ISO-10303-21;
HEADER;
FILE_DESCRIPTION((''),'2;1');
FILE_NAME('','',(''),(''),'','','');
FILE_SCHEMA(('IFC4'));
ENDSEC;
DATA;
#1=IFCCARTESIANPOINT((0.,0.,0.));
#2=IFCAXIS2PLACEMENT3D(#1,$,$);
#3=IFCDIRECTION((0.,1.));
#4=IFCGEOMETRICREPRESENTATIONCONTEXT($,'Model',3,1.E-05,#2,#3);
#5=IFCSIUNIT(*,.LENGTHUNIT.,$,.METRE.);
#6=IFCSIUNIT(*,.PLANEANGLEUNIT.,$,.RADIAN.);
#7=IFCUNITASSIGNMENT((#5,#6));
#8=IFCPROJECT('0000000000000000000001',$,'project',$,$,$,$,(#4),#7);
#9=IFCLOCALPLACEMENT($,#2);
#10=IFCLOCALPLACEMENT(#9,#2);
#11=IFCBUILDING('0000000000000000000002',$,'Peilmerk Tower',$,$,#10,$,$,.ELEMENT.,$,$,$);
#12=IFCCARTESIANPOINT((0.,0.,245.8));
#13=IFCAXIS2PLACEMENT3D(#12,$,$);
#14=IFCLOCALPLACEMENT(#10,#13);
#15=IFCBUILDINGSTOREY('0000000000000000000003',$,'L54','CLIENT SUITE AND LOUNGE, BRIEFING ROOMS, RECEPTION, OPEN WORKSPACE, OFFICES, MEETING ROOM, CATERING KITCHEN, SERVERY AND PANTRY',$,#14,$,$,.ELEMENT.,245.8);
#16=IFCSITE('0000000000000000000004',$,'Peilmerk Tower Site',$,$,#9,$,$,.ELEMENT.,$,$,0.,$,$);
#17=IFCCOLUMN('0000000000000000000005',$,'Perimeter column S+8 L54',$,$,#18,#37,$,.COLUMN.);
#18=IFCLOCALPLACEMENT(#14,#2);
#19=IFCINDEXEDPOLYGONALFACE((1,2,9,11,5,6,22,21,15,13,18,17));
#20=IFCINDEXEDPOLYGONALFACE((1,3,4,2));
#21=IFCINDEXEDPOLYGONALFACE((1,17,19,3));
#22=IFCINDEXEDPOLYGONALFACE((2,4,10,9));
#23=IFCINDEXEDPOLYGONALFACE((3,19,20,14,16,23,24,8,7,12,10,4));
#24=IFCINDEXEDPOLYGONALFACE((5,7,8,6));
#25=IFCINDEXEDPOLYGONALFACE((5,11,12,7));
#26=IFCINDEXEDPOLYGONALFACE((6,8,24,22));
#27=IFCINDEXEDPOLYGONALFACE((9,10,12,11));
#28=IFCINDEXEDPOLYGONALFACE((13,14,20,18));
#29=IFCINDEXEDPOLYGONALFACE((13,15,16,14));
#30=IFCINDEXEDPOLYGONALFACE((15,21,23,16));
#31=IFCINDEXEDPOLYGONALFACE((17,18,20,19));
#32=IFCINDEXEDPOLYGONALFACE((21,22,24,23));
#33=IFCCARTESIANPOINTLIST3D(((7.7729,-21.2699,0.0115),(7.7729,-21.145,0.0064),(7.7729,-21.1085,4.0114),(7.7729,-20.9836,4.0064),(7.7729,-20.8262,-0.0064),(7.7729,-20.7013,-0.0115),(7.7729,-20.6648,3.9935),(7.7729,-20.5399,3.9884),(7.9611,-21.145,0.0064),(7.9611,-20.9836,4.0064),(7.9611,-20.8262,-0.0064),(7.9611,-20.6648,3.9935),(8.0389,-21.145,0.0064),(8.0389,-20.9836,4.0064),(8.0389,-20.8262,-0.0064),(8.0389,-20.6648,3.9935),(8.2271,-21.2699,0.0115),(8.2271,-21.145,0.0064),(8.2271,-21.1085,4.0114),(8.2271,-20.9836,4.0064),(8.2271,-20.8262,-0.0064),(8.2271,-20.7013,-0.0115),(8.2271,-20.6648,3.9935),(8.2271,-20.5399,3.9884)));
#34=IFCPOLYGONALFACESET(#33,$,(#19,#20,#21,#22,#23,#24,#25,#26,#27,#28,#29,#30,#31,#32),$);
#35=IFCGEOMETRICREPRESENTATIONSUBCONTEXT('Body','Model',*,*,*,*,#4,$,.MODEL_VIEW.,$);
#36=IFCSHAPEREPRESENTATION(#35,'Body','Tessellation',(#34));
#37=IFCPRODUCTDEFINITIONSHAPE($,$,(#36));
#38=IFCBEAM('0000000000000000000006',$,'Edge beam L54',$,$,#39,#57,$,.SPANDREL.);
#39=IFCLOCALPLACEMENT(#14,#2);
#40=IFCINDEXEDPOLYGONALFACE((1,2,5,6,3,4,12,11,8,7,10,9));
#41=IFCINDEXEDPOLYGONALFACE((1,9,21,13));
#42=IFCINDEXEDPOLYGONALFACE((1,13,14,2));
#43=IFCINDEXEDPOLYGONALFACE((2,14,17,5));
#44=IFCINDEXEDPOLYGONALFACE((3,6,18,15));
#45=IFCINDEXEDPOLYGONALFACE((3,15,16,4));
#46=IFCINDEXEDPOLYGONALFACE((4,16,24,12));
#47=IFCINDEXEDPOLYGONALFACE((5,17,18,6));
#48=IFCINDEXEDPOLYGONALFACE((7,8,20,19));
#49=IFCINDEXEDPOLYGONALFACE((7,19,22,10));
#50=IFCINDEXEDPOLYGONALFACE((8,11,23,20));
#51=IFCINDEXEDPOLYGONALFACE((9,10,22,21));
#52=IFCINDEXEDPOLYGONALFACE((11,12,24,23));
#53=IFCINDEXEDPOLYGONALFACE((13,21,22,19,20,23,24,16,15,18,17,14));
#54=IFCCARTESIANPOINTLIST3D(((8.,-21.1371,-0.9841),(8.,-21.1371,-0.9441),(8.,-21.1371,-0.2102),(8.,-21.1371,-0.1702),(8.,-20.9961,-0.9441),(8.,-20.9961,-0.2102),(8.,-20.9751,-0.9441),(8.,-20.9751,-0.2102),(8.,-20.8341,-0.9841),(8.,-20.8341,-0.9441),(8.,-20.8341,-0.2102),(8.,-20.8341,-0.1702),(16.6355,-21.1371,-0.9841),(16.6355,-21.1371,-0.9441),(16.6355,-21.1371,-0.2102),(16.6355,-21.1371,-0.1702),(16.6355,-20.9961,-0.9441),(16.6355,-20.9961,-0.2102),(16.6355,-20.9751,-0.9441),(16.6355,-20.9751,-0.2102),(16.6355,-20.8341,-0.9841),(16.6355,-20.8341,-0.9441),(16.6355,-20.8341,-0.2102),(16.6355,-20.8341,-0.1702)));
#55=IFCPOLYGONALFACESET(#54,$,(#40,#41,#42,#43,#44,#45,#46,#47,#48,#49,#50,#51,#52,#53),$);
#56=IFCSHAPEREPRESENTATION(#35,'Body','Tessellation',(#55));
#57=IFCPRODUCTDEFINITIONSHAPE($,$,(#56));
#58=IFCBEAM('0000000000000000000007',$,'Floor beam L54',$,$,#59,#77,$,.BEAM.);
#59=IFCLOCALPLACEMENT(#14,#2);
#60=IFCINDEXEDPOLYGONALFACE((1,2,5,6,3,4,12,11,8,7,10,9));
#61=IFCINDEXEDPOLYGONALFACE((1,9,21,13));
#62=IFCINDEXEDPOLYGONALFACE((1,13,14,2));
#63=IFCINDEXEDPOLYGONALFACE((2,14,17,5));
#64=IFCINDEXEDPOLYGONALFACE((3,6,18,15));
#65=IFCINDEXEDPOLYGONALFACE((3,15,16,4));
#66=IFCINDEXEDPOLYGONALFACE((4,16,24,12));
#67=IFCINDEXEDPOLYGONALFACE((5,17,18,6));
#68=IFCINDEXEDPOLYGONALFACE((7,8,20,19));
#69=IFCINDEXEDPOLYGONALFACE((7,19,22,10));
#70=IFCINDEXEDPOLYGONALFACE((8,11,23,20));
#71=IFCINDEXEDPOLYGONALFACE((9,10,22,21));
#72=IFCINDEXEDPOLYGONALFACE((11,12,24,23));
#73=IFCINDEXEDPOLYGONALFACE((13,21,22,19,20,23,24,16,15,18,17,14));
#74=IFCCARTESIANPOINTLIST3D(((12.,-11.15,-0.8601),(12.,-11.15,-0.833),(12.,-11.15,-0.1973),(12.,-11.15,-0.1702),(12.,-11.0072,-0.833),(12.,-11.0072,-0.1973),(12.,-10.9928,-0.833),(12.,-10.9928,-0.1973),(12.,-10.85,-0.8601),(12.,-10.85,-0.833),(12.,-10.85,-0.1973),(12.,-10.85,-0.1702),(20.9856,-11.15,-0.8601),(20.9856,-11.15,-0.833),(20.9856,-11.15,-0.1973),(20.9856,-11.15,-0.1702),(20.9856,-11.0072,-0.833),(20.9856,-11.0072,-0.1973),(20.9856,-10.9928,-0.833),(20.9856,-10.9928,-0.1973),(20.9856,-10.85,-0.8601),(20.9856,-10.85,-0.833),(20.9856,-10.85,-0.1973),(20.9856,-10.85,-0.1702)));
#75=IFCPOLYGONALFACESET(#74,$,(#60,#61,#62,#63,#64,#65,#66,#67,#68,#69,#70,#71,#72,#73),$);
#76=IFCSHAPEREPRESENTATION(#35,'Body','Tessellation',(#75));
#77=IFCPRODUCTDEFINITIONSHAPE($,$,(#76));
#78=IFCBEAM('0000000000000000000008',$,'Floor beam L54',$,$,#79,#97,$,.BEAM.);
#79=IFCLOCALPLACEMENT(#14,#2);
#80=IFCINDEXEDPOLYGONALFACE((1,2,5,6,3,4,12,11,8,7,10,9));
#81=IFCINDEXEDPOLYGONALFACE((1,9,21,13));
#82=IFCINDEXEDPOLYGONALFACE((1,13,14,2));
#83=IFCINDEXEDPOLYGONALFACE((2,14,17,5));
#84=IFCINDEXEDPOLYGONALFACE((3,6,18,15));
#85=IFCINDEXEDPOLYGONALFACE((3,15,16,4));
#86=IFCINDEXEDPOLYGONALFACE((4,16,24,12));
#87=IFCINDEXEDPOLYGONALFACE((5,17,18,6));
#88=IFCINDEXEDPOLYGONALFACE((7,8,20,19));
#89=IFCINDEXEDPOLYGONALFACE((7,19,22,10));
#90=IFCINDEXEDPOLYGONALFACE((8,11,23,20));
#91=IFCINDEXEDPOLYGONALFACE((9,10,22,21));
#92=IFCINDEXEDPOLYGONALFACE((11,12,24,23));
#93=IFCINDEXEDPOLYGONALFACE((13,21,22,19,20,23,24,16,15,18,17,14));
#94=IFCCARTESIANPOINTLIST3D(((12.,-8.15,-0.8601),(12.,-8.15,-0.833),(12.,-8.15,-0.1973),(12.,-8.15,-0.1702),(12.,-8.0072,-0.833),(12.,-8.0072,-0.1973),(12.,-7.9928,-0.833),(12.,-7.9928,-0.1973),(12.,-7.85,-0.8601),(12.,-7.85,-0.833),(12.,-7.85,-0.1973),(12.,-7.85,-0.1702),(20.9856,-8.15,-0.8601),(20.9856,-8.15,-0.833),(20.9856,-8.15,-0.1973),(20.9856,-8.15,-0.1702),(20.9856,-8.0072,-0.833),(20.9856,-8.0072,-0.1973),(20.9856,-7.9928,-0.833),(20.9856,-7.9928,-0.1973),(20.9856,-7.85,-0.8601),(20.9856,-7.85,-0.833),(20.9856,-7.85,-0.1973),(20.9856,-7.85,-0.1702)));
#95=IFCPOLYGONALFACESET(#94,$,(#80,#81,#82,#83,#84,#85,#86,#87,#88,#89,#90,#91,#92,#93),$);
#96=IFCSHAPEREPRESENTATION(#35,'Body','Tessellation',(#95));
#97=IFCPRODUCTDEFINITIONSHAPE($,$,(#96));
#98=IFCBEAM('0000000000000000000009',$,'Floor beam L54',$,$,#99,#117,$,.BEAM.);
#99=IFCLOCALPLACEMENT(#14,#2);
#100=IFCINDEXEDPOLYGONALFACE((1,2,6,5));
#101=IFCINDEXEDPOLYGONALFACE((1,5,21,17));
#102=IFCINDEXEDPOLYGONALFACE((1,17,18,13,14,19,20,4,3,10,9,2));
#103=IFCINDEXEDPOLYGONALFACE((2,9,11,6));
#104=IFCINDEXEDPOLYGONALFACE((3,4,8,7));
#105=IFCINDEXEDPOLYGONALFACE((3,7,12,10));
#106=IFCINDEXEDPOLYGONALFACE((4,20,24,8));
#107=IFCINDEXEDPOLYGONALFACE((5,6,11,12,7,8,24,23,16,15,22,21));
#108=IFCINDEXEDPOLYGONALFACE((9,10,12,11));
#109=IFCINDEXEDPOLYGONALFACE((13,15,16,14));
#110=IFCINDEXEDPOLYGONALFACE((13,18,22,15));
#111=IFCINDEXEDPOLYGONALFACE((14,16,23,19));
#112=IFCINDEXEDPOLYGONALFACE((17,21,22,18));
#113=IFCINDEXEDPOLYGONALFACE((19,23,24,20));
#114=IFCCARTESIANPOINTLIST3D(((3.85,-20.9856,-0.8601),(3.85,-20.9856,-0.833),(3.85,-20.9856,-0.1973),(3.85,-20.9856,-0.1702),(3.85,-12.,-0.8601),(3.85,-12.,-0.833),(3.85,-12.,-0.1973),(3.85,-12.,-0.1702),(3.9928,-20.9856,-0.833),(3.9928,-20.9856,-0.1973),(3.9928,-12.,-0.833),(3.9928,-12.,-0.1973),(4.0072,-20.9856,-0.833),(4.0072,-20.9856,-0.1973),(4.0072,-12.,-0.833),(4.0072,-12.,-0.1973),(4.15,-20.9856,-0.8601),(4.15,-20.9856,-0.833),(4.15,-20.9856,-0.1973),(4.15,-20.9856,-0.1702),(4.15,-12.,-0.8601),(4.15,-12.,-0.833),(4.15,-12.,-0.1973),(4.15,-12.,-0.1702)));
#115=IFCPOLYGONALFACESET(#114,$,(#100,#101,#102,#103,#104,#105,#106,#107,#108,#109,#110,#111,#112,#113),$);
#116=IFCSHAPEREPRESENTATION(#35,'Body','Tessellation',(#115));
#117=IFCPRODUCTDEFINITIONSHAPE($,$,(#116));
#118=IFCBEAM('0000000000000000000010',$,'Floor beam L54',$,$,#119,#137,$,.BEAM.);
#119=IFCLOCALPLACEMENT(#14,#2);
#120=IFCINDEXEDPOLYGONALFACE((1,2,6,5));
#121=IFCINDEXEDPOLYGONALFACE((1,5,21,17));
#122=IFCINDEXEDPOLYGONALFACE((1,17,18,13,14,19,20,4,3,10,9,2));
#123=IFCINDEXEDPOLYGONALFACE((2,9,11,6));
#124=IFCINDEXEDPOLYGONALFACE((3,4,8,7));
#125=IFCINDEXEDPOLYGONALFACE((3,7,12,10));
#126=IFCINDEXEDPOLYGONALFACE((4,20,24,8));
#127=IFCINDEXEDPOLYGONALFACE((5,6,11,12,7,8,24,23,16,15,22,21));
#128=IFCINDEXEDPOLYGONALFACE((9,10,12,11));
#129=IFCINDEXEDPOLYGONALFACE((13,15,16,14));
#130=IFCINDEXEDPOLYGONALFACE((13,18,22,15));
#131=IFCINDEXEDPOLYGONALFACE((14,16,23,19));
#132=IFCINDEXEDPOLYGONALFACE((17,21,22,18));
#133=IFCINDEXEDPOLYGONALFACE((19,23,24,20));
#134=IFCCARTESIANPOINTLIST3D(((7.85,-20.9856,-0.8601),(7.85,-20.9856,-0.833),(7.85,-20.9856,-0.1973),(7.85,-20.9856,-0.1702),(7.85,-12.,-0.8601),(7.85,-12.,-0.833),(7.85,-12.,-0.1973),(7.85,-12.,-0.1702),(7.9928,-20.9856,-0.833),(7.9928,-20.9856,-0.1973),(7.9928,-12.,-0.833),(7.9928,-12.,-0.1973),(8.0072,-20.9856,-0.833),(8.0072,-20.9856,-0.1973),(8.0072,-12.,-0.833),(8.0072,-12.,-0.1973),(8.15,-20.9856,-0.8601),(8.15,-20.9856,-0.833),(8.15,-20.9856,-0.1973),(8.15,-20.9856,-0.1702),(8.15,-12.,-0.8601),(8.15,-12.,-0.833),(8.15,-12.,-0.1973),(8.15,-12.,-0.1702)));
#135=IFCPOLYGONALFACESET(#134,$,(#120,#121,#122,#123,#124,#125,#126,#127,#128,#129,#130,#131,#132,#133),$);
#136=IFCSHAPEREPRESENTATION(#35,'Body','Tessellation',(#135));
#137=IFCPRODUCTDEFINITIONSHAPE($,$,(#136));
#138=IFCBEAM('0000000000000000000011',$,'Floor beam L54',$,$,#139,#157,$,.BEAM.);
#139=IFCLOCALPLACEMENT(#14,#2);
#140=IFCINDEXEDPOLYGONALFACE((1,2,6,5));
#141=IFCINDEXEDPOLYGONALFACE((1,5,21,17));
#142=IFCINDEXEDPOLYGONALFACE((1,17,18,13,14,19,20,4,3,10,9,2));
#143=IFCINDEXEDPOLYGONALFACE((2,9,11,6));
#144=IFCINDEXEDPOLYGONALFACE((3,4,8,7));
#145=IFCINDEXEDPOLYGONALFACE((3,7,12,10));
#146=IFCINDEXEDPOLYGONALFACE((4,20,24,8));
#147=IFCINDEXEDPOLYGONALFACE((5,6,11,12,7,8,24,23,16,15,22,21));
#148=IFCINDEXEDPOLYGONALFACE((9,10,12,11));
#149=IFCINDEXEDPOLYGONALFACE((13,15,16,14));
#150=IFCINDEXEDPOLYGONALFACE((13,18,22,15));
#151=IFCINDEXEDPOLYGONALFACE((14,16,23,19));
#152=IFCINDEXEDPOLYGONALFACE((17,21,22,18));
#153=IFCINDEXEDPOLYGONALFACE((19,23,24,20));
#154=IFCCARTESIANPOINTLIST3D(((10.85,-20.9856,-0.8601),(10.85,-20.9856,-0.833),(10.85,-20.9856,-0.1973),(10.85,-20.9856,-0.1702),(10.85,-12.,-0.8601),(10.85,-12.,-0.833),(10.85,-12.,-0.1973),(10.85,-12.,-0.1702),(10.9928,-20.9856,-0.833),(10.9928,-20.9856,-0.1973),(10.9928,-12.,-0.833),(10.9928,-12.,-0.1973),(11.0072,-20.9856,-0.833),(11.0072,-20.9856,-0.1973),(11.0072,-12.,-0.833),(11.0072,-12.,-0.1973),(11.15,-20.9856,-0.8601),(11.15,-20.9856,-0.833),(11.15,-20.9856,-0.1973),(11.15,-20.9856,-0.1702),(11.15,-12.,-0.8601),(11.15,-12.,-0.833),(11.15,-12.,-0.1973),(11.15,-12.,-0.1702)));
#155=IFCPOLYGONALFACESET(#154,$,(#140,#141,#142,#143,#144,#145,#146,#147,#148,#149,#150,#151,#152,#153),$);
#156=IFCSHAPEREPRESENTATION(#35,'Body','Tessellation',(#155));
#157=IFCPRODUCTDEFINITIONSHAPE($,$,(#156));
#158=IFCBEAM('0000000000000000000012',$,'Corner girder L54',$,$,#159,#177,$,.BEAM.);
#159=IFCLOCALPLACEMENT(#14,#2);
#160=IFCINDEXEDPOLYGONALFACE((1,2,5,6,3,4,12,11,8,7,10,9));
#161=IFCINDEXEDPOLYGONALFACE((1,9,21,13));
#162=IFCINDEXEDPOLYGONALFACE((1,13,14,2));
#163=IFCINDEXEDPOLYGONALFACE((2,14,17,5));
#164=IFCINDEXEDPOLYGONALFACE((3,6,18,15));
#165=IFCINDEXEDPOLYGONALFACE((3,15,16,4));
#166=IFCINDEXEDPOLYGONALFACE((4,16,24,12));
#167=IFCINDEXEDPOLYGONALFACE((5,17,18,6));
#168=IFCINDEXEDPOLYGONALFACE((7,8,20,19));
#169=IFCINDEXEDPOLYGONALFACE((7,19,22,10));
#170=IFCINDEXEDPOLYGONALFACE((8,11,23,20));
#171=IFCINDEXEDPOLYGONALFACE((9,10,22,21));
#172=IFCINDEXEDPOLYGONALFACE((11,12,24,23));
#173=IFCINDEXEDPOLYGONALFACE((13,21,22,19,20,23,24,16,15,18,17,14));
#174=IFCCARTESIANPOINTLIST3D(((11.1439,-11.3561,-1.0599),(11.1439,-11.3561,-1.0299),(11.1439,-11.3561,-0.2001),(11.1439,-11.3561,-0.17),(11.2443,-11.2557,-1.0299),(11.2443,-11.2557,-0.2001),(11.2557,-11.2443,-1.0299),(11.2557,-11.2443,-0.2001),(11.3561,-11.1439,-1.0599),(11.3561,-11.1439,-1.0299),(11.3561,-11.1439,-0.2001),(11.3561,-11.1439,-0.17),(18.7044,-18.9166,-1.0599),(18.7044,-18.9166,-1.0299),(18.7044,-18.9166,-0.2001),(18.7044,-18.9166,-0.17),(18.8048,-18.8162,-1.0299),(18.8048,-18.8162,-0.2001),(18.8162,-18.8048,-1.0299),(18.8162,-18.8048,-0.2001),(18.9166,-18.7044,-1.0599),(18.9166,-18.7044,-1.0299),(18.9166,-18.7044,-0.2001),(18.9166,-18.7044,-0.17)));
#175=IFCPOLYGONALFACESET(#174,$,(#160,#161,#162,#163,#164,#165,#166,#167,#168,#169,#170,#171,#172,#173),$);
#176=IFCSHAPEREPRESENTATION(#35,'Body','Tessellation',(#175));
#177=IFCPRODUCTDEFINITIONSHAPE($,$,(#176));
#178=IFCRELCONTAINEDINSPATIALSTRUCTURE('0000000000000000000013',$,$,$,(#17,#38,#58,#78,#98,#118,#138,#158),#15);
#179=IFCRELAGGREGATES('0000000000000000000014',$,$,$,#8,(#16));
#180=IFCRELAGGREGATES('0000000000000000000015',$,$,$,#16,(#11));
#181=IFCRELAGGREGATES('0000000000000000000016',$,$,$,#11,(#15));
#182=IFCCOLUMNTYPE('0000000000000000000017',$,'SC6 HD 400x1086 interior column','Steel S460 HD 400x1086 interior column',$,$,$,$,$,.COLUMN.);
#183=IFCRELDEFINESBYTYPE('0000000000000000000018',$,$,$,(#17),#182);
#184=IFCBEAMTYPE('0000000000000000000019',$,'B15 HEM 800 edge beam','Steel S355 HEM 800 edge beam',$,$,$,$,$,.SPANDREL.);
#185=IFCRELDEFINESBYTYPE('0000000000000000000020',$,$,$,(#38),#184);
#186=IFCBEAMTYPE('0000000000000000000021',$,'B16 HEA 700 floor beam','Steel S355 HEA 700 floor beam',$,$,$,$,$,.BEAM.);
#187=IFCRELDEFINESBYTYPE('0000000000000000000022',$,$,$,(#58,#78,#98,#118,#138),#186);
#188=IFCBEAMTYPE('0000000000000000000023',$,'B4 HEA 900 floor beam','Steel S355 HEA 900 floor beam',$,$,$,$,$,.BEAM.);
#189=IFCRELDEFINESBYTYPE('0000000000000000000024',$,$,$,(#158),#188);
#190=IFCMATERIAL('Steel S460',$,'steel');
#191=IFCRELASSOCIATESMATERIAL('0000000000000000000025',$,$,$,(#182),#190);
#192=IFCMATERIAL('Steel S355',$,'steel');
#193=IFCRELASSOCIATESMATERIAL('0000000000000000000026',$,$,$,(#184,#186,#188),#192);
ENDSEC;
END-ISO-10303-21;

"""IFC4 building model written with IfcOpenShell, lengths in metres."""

from ifc_helpers import new_model, si_unit, direction, frame, origin, origin_2d, place, context, subcontext, project, spatial, i_section, extrude, material, material_profile, profile_set, type_object, element, save


model = new_model("IFC4")

# Units and contexts
model_context = context("Model", 3, precision=1e-05, world=origin(), true_north=direction((0.0, 1.0)))
body_context = subcontext(model_context, "Body", "Model", "MODEL_VIEW")
ifc_project = project(units=[si_unit("LENGTHUNIT", "METRE"), si_unit("PLANEANGLEUNIT", "RADIAN")], contexts=[model_context])

# Site, building, storey
site_placement = place(None, origin())
site = spatial("IfcSite", under=ifc_project, at=site_placement, Name="Peilmerk Tower Site", CompositionType="ELEMENT", RefElevation=0.0)
building_placement = place(site_placement, origin())
building = spatial("IfcBuilding", under=site, at=building_placement, Name="Peilmerk Tower", CompositionType="ELEMENT")
storey_placement = place(building_placement, frame((0.0, 0.0, 245.8)))
storey = spatial("IfcBuildingStorey", under=building, at=storey_placement, Name="L54", Description="CLIENT SUITE AND LOUNGE, BRIEFING ROOMS, RECEPTION, OPEN WORKSPACE, OFFICES, MEETING ROOM, CATERING KITCHEN, SERVERY AND PANTRY", CompositionType="ELEMENT", Elevation=245.8)

# Column
ifc_material_1 = material(Name="Steel S460", Category="steel")
ifc_material_profile_1 = material_profile(ifc_material_1, i_section(OverallWidth=0.4541, OverallDepth=0.5691, WebThickness=0.0779, FlangeThickness=0.125, at=origin_2d()), Name="HD 400x1086")
ifc_profile_set_1 = profile_set([ifc_material_profile_1], Name="Steel S460")
column_type = type_object("IfcColumnType", Name="SC6 HD 400x1086 interior column", Description="Steel S460 HD 400x1086 interior column", PredefinedType="COLUMN", material=ifc_profile_set_1)
column_placement = place(storey_placement, frame((8.0, -20.9856, 0.0), z_axis=(0.0, 0.040311, 0.999187), x_axis=(-1.0, 0.0, 0.0)))
element("IfcColumn", 1, at=column_placement, inside=storey, type_object=column_type, Name="Perimeter column S+8 L54", PredefinedType="COLUMN", context=body_context, shape_type="SweptSolid", body=[
    extrude(i_section(OverallWidth=0.4541, OverallDepth=0.5691, WebThickness=0.0779, FlangeThickness=0.125, at=origin_2d()), origin(), (0.0, 0.0, 1.0), 4.0032),
])

# Beams
ifc_material_2 = material(Name="Steel S355", Category="steel")
ifc_material_profile_2 = material_profile(ifc_material_2, i_section(OverallWidth=0.303, OverallDepth=0.814, WebThickness=0.021, FlangeThickness=0.04, at=origin_2d()), Name="HEM 800")
ifc_profile_set_2 = profile_set([ifc_material_profile_2], Name="Steel S355")
beam_type_1 = type_object("IfcBeamType", Name="B15 HEM 800 edge beam", Description="Steel S355 HEM 800 edge beam", PredefinedType="SPANDREL", material=ifc_profile_set_2)
beam_1_placement = place(storey_placement, frame((8.0, -20.9856, -0.5771), z_axis=(1.0, 0.0, 0.0), x_axis=(0.0, 1.0, 0.0)))
element("IfcBeam", 2, at=beam_1_placement, inside=storey, type_object=beam_type_1, Name="Edge beam L54", PredefinedType="SPANDREL", context=body_context, shape_type="SweptSolid", body=[
    extrude(i_section(OverallWidth=0.303, OverallDepth=0.814, WebThickness=0.021, FlangeThickness=0.04, at=origin_2d()), origin(), (0.0, 0.0, 1.0), 8.6355),
])
ifc_material_profile_3 = material_profile(ifc_material_2, i_section(OverallWidth=0.3, OverallDepth=0.6899, WebThickness=0.0144, FlangeThickness=0.0271, at=origin_2d()), Name="HEA 700")
ifc_profile_set_3 = profile_set([ifc_material_profile_3], Name="Steel S355")
beam_type_2 = type_object("IfcBeamType", Name="B16 HEA 700 floor beam", Description="Steel S355 HEA 700 floor beam", PredefinedType="BEAM", material=ifc_profile_set_3)
for number, where, z_axis, x_axis, name in (
    (3, (12.0, -11.0, -0.5151), (1.0, 0.0, 0.0), (0.0, 1.0, 0.0), "Floor beam L54"),
    (4, (12.0, -8.0, -0.5151), (1.0, 0.0, 0.0), (0.0, 1.0, 0.0), "Floor beam L54"),
    (5, (4.0, -12.0, -0.5151), (0.0, -1.0, 0.0), (1.0, 0.0, 0.0), "Floor beam L54"),
    (6, (8.0, -12.0, -0.5151), (0.0, -1.0, 0.0), (1.0, 0.0, 0.0), "Floor beam L54"),
    (7, (11.0, -12.0, -0.5151), (0.0, -1.0, 0.0), (1.0, 0.0, 0.0), "Floor beam L54"),
):
    element("IfcBeam", number, at=place(storey_placement, frame(where, z_axis=z_axis, x_axis=x_axis)), inside=storey, type_object=beam_type_2, Name=name, PredefinedType="BEAM", context=body_context, shape_type="SweptSolid", body=[
        extrude(i_section(OverallWidth=0.3, OverallDepth=0.6899, WebThickness=0.0144, FlangeThickness=0.0271, at=origin_2d()), origin(), (0.0, 0.0, 1.0), 8.9856),
    ])
ifc_material_profile_4 = material_profile(ifc_material_2, i_section(OverallWidth=0.3, OverallDepth=0.8899, WebThickness=0.0161, FlangeThickness=0.03, at=origin_2d()), Name="HEA 900")
ifc_profile_set_4 = profile_set([ifc_material_profile_4], Name="Steel S355")
beam_type_3 = type_object("IfcBeamType", Name="B4 HEA 900 floor beam", Description="Steel S355 HEA 900 floor beam", PredefinedType="BEAM", material=ifc_profile_set_4)
beam_2_placement = place(storey_placement, frame((11.25, -11.25, -0.615), z_axis=(0.707107, -0.707107, 0.0), x_axis=(0.707107, 0.707107, 0.0)))
element("IfcBeam", 8, at=beam_2_placement, inside=storey, type_object=beam_type_3, Name="Corner girder L54", PredefinedType="BEAM", context=body_context, shape_type="SweptSolid", body=[
    extrude(i_section(OverallWidth=0.3, OverallDepth=0.8899, WebThickness=0.0161, FlangeThickness=0.03, at=origin_2d()), origin(), (0.0, 0.0, 1.0), 10.6921),
])

save(model, "model.ifc")
